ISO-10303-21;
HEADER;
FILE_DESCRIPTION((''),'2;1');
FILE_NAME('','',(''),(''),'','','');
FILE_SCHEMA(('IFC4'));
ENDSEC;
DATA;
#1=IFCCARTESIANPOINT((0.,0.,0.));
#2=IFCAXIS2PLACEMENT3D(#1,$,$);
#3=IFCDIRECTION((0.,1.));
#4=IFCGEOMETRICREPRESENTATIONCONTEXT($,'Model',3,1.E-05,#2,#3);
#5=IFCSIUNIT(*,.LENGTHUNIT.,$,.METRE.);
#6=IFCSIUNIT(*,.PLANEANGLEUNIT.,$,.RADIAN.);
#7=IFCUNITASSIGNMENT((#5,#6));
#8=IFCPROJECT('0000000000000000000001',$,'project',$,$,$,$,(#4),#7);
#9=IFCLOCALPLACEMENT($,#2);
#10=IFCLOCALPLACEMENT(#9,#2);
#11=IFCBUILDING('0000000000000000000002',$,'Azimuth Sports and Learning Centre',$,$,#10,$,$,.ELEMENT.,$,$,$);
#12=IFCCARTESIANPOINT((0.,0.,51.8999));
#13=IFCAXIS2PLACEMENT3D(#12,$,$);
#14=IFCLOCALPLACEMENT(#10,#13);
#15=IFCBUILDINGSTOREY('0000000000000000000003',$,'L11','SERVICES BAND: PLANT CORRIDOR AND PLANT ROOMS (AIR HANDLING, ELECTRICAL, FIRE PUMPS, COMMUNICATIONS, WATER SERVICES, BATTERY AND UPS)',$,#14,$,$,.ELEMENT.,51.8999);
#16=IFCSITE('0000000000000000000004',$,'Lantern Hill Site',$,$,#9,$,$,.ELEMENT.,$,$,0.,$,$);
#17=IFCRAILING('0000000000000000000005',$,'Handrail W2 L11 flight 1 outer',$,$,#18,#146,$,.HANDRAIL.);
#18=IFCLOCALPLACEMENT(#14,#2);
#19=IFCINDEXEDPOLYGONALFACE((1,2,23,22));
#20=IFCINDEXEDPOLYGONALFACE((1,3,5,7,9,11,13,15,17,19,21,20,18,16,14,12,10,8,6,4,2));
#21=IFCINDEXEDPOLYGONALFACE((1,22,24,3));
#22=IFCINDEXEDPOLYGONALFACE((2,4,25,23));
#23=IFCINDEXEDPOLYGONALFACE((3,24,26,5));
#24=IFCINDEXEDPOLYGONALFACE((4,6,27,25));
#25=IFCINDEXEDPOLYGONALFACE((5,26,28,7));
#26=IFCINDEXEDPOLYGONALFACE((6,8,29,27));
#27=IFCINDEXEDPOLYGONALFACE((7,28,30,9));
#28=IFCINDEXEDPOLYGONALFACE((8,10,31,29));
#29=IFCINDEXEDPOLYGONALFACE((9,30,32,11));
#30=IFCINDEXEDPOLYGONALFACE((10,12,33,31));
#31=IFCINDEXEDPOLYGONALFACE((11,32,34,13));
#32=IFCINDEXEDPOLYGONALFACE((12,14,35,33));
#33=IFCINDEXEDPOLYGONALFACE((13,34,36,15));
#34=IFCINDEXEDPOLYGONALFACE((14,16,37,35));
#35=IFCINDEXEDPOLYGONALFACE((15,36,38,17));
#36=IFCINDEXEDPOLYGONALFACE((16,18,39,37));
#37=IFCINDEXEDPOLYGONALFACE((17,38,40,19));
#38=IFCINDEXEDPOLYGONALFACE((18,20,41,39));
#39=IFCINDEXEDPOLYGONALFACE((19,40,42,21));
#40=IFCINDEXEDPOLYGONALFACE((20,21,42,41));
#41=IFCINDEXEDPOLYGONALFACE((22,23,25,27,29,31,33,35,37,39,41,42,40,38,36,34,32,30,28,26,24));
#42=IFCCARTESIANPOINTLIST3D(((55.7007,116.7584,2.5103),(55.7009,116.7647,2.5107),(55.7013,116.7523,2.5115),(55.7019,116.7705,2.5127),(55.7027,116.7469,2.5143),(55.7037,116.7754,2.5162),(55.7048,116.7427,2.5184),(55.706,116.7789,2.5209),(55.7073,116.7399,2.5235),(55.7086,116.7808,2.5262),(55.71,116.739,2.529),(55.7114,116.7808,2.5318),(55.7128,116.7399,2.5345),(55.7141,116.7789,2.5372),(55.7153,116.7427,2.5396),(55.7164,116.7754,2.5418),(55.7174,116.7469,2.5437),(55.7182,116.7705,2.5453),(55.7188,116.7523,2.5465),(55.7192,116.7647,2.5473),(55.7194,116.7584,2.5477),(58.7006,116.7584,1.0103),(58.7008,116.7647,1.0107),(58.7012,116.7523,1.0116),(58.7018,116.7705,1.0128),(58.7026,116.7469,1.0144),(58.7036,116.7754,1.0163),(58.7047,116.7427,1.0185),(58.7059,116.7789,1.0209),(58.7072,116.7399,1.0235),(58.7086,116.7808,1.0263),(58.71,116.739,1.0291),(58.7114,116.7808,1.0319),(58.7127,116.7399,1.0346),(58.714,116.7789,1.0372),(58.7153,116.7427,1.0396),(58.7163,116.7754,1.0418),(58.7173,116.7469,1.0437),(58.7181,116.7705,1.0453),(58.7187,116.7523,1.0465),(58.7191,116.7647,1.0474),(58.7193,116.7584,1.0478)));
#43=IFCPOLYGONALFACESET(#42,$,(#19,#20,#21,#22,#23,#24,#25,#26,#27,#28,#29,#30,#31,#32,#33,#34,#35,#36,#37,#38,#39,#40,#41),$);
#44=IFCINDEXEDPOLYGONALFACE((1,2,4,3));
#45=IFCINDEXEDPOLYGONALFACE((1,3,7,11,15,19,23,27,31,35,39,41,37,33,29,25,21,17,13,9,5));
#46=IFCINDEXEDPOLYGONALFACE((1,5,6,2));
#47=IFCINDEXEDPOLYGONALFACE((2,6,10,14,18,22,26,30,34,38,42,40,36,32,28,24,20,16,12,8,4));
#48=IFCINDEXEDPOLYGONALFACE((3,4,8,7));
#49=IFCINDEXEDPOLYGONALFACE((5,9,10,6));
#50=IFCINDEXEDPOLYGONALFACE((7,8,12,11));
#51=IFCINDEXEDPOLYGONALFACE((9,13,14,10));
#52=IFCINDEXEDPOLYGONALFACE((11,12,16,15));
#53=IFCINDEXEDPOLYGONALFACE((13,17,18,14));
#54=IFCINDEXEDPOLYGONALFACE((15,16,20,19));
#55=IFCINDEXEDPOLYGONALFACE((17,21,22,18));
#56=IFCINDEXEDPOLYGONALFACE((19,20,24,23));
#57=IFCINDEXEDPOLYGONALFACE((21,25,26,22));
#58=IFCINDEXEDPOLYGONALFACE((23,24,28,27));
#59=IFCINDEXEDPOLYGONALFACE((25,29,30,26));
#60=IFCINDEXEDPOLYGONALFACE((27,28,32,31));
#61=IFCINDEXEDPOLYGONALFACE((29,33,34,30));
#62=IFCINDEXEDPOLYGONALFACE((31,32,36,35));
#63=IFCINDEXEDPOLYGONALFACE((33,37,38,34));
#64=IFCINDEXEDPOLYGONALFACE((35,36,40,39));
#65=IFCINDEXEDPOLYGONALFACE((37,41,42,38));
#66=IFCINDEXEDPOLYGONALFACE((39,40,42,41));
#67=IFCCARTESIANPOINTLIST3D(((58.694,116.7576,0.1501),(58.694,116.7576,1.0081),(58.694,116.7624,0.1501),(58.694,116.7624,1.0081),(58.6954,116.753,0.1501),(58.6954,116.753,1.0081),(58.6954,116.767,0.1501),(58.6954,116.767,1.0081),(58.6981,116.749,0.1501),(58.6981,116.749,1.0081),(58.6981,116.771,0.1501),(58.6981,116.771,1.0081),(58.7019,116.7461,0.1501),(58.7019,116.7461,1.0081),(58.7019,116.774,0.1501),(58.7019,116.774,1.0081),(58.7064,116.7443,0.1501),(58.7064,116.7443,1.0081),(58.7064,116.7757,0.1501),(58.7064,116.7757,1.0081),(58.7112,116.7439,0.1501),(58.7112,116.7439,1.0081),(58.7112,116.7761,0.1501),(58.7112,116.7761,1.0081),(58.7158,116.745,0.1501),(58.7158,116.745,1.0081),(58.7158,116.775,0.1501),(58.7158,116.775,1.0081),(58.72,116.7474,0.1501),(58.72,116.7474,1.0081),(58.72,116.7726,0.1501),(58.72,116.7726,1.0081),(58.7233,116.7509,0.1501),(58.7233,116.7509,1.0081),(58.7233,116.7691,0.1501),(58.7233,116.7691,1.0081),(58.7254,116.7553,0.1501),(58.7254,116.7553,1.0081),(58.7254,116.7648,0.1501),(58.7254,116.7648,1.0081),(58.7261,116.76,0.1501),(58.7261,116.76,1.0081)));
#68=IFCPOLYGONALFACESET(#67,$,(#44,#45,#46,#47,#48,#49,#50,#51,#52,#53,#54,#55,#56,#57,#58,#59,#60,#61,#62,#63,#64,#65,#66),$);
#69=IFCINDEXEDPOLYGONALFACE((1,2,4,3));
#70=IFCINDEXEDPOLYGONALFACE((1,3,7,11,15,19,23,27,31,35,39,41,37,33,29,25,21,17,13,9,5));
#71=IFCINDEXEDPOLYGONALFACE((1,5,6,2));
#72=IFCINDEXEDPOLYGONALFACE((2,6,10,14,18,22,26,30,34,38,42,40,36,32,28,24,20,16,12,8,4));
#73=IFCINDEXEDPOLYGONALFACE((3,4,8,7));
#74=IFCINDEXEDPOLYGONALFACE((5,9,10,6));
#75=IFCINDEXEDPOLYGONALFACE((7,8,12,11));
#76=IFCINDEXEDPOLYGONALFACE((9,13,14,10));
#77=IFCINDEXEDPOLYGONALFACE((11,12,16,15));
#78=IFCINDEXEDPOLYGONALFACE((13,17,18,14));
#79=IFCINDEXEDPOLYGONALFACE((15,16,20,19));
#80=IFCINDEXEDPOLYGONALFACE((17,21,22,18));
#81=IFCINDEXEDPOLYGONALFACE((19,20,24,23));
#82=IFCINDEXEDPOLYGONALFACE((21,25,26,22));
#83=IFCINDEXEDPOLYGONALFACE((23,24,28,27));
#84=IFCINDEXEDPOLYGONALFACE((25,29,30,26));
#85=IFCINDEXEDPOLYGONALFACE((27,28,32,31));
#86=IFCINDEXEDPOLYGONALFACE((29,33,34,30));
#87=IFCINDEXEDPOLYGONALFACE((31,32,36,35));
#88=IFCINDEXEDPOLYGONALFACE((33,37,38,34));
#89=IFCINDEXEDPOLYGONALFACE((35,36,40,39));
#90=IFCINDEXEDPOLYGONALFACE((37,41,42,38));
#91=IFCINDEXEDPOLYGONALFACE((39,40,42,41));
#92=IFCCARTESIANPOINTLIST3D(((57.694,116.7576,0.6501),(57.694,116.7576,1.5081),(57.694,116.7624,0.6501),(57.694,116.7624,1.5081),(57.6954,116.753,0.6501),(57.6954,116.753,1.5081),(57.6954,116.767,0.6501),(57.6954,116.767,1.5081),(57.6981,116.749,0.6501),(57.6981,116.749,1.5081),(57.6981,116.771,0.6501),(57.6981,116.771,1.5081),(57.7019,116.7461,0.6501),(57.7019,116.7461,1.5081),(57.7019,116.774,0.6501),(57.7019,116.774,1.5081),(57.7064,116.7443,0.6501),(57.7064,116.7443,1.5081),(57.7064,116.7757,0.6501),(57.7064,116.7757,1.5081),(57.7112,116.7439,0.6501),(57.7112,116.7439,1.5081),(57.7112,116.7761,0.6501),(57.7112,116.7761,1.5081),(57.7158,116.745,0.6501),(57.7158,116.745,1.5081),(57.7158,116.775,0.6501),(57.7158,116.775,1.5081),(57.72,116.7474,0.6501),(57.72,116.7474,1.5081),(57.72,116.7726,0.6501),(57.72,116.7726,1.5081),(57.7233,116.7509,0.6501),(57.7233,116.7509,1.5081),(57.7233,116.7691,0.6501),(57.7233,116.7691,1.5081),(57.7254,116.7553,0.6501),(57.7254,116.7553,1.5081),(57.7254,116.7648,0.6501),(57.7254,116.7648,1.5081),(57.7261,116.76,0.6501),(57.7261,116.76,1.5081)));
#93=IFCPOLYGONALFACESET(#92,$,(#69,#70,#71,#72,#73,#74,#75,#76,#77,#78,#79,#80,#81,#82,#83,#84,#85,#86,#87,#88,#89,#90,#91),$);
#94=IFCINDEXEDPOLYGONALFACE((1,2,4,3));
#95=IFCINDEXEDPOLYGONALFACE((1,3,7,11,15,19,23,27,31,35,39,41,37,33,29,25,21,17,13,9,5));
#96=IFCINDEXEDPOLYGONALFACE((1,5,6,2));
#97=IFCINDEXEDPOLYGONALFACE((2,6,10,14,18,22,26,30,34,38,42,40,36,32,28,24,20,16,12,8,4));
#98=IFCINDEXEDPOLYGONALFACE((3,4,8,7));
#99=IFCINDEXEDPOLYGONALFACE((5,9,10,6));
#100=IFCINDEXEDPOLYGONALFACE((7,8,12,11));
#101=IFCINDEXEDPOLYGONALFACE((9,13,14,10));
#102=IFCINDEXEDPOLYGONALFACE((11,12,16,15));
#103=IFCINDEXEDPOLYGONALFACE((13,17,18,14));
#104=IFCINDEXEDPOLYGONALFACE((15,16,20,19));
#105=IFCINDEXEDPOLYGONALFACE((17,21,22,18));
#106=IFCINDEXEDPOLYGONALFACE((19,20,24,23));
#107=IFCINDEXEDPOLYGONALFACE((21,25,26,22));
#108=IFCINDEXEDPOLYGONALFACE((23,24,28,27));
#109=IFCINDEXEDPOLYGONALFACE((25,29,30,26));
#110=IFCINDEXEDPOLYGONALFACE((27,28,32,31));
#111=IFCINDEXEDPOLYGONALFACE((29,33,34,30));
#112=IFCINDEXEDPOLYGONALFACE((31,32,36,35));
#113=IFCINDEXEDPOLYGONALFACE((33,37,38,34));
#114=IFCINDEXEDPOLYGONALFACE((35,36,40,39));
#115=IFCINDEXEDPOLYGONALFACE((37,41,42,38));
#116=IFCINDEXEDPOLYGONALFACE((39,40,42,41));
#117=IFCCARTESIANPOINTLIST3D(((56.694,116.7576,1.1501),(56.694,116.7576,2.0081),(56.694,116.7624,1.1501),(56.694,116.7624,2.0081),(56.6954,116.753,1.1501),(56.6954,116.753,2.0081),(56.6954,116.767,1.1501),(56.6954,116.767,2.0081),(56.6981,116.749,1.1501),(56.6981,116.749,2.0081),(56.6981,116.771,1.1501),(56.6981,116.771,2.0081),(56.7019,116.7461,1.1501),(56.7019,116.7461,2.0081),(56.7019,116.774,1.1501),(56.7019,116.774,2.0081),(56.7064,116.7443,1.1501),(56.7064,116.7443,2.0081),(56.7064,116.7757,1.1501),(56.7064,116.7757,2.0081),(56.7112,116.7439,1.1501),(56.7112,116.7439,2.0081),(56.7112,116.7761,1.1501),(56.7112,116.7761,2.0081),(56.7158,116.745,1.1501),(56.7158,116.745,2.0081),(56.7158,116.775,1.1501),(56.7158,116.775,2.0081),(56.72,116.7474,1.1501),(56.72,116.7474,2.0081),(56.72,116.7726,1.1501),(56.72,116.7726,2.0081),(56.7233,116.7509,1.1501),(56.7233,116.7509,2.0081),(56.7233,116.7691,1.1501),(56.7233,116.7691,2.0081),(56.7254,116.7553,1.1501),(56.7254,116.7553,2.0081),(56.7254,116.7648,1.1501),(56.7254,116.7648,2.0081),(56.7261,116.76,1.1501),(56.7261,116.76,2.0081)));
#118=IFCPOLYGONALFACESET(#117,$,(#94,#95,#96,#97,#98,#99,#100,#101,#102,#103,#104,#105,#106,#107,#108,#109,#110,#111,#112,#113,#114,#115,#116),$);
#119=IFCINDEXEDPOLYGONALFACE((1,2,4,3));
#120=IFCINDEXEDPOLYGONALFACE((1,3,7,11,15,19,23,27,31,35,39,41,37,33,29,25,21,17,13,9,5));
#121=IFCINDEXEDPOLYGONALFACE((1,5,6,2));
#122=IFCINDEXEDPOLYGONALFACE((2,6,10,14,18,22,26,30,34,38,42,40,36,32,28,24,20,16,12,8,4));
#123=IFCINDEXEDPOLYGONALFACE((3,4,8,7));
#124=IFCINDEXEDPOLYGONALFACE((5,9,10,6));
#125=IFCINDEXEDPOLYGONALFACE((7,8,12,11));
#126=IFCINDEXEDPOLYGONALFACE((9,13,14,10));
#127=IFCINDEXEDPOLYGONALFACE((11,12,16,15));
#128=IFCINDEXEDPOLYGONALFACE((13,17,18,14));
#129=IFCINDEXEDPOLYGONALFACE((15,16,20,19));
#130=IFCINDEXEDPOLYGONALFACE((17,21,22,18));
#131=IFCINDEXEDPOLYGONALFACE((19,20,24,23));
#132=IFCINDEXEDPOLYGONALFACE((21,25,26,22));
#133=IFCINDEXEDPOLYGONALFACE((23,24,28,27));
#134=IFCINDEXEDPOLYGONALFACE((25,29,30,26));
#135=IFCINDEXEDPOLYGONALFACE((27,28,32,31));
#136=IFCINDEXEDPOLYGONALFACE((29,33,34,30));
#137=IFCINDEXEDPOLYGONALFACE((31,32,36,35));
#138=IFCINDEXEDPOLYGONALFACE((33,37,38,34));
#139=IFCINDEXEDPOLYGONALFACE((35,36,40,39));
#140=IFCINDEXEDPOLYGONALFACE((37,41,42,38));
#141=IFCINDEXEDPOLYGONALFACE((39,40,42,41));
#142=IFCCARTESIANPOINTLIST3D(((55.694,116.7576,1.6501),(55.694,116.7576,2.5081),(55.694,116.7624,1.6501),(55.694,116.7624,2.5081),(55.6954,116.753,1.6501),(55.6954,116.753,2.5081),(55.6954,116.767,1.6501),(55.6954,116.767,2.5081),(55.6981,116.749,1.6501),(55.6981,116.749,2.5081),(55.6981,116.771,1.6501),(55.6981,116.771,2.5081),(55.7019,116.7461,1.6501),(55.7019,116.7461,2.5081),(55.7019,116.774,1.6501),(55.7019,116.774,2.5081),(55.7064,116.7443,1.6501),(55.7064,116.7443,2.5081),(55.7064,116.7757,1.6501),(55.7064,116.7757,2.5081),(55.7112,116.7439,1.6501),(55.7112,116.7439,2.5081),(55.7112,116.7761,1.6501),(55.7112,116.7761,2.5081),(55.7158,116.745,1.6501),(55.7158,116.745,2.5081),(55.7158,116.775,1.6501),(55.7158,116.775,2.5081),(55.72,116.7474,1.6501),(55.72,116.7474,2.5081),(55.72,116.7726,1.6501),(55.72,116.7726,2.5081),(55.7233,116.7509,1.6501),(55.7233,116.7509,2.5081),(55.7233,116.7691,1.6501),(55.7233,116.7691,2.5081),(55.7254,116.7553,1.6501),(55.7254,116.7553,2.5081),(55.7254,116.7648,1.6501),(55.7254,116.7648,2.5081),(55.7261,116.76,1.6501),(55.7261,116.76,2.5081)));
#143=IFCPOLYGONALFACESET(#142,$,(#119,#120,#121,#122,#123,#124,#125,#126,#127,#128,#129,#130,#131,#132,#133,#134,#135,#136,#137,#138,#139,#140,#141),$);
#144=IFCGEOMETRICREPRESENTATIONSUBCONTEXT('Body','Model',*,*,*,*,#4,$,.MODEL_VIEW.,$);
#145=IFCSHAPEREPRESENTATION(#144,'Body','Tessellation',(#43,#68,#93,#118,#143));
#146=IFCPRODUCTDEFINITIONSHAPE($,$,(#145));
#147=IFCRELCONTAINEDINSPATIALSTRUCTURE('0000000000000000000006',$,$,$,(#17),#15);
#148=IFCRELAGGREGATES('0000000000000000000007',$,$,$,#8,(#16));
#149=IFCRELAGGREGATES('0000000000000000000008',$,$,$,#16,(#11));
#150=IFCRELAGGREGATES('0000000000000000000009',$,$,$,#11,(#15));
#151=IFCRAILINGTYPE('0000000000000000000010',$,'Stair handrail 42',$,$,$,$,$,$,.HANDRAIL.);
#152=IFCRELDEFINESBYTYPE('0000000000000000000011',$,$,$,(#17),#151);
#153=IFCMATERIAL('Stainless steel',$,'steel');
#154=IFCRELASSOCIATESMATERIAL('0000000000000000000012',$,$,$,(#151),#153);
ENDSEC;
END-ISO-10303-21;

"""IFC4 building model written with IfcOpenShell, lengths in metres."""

from ifc_helpers import new_model, si_unit, direction, frame, origin, origin_2d, place, context, subcontext, project, spatial, circle, extrude, material, type_object, element, save


model = new_model("IFC4")

# Units and contexts
model_context = context("Model", 3, precision=1e-05, world=origin(), true_north=direction((0.0, 1.0)))
body_context = subcontext(model_context, "Body", "Model", "MODEL_VIEW")
ifc_project = project(units=[si_unit("LENGTHUNIT", "METRE"), si_unit("PLANEANGLEUNIT", "RADIAN")], contexts=[model_context])

# Site, building, storey
site_placement = place(None, origin())
site = spatial("IfcSite", under=ifc_project, at=site_placement, Name="Lantern Hill Site", CompositionType="ELEMENT", RefElevation=0.0)
building_placement = place(site_placement, origin())
building = spatial("IfcBuilding", under=site, at=building_placement, Name="Azimuth Sports and Learning Centre", CompositionType="ELEMENT")
storey_placement = place(building_placement, frame((0.0, 0.0, 51.8999)))
storey = spatial("IfcBuildingStorey", under=building, at=storey_placement, Name="L11", Description="SERVICES BAND: PLANT CORRIDOR AND PLANT ROOMS (AIR HANDLING, ELECTRICAL, FIRE PUMPS, COMMUNICATIONS, WATER SERVICES, BATTERY AND UPS)", CompositionType="ELEMENT", Elevation=51.8999)

# Railing
ifc_material_1 = material(Name="Stainless steel", Category="steel")
railing_type_1 = type_object("IfcRailingType", Name="Stair handrail 42", PredefinedType="HANDRAIL", material=ifc_material_1)
for number, where, name in (
    (1, (58.71, 116.76, 0.1501), "Handrail W2 L11 flight 1 outer"),
):
    element("IfcRailing", number, at=place(storey_placement, frame(where)), inside=storey, type_object=railing_type_1, Name=name, PredefinedType="HANDRAIL", context=body_context, shape_type="SweptSolid", body=[
        extrude(circle(Radius=0.021, at=origin_2d()), frame((0.0, 0.0, 0.8789), z_axis=(-0.894427, 0.0, 0.447214), x_axis=(0.0, -1.0, 0.0)), (0.0, 0.0, 1.0), 3.354),
        extrude(circle(Radius=0.0161, at=origin_2d()), origin(), (0.0, 0.0, 1.0), 0.8579),
        extrude(circle(Radius=0.0161, at=origin_2d()), frame((-1.0, 0.0, 0.5)), (0.0, 0.0, 1.0), 0.8579),
        extrude(circle(Radius=0.0161, at=origin_2d()), frame((-2.0, 0.0, 1.0)), (0.0, 0.0, 1.0), 0.8579),
        extrude(circle(Radius=0.0161, at=origin_2d()), frame((-3.0, 0.0, 1.5)), (0.0, 0.0, 1.0), 0.8579),
    ])

save(model, "model.ifc")
